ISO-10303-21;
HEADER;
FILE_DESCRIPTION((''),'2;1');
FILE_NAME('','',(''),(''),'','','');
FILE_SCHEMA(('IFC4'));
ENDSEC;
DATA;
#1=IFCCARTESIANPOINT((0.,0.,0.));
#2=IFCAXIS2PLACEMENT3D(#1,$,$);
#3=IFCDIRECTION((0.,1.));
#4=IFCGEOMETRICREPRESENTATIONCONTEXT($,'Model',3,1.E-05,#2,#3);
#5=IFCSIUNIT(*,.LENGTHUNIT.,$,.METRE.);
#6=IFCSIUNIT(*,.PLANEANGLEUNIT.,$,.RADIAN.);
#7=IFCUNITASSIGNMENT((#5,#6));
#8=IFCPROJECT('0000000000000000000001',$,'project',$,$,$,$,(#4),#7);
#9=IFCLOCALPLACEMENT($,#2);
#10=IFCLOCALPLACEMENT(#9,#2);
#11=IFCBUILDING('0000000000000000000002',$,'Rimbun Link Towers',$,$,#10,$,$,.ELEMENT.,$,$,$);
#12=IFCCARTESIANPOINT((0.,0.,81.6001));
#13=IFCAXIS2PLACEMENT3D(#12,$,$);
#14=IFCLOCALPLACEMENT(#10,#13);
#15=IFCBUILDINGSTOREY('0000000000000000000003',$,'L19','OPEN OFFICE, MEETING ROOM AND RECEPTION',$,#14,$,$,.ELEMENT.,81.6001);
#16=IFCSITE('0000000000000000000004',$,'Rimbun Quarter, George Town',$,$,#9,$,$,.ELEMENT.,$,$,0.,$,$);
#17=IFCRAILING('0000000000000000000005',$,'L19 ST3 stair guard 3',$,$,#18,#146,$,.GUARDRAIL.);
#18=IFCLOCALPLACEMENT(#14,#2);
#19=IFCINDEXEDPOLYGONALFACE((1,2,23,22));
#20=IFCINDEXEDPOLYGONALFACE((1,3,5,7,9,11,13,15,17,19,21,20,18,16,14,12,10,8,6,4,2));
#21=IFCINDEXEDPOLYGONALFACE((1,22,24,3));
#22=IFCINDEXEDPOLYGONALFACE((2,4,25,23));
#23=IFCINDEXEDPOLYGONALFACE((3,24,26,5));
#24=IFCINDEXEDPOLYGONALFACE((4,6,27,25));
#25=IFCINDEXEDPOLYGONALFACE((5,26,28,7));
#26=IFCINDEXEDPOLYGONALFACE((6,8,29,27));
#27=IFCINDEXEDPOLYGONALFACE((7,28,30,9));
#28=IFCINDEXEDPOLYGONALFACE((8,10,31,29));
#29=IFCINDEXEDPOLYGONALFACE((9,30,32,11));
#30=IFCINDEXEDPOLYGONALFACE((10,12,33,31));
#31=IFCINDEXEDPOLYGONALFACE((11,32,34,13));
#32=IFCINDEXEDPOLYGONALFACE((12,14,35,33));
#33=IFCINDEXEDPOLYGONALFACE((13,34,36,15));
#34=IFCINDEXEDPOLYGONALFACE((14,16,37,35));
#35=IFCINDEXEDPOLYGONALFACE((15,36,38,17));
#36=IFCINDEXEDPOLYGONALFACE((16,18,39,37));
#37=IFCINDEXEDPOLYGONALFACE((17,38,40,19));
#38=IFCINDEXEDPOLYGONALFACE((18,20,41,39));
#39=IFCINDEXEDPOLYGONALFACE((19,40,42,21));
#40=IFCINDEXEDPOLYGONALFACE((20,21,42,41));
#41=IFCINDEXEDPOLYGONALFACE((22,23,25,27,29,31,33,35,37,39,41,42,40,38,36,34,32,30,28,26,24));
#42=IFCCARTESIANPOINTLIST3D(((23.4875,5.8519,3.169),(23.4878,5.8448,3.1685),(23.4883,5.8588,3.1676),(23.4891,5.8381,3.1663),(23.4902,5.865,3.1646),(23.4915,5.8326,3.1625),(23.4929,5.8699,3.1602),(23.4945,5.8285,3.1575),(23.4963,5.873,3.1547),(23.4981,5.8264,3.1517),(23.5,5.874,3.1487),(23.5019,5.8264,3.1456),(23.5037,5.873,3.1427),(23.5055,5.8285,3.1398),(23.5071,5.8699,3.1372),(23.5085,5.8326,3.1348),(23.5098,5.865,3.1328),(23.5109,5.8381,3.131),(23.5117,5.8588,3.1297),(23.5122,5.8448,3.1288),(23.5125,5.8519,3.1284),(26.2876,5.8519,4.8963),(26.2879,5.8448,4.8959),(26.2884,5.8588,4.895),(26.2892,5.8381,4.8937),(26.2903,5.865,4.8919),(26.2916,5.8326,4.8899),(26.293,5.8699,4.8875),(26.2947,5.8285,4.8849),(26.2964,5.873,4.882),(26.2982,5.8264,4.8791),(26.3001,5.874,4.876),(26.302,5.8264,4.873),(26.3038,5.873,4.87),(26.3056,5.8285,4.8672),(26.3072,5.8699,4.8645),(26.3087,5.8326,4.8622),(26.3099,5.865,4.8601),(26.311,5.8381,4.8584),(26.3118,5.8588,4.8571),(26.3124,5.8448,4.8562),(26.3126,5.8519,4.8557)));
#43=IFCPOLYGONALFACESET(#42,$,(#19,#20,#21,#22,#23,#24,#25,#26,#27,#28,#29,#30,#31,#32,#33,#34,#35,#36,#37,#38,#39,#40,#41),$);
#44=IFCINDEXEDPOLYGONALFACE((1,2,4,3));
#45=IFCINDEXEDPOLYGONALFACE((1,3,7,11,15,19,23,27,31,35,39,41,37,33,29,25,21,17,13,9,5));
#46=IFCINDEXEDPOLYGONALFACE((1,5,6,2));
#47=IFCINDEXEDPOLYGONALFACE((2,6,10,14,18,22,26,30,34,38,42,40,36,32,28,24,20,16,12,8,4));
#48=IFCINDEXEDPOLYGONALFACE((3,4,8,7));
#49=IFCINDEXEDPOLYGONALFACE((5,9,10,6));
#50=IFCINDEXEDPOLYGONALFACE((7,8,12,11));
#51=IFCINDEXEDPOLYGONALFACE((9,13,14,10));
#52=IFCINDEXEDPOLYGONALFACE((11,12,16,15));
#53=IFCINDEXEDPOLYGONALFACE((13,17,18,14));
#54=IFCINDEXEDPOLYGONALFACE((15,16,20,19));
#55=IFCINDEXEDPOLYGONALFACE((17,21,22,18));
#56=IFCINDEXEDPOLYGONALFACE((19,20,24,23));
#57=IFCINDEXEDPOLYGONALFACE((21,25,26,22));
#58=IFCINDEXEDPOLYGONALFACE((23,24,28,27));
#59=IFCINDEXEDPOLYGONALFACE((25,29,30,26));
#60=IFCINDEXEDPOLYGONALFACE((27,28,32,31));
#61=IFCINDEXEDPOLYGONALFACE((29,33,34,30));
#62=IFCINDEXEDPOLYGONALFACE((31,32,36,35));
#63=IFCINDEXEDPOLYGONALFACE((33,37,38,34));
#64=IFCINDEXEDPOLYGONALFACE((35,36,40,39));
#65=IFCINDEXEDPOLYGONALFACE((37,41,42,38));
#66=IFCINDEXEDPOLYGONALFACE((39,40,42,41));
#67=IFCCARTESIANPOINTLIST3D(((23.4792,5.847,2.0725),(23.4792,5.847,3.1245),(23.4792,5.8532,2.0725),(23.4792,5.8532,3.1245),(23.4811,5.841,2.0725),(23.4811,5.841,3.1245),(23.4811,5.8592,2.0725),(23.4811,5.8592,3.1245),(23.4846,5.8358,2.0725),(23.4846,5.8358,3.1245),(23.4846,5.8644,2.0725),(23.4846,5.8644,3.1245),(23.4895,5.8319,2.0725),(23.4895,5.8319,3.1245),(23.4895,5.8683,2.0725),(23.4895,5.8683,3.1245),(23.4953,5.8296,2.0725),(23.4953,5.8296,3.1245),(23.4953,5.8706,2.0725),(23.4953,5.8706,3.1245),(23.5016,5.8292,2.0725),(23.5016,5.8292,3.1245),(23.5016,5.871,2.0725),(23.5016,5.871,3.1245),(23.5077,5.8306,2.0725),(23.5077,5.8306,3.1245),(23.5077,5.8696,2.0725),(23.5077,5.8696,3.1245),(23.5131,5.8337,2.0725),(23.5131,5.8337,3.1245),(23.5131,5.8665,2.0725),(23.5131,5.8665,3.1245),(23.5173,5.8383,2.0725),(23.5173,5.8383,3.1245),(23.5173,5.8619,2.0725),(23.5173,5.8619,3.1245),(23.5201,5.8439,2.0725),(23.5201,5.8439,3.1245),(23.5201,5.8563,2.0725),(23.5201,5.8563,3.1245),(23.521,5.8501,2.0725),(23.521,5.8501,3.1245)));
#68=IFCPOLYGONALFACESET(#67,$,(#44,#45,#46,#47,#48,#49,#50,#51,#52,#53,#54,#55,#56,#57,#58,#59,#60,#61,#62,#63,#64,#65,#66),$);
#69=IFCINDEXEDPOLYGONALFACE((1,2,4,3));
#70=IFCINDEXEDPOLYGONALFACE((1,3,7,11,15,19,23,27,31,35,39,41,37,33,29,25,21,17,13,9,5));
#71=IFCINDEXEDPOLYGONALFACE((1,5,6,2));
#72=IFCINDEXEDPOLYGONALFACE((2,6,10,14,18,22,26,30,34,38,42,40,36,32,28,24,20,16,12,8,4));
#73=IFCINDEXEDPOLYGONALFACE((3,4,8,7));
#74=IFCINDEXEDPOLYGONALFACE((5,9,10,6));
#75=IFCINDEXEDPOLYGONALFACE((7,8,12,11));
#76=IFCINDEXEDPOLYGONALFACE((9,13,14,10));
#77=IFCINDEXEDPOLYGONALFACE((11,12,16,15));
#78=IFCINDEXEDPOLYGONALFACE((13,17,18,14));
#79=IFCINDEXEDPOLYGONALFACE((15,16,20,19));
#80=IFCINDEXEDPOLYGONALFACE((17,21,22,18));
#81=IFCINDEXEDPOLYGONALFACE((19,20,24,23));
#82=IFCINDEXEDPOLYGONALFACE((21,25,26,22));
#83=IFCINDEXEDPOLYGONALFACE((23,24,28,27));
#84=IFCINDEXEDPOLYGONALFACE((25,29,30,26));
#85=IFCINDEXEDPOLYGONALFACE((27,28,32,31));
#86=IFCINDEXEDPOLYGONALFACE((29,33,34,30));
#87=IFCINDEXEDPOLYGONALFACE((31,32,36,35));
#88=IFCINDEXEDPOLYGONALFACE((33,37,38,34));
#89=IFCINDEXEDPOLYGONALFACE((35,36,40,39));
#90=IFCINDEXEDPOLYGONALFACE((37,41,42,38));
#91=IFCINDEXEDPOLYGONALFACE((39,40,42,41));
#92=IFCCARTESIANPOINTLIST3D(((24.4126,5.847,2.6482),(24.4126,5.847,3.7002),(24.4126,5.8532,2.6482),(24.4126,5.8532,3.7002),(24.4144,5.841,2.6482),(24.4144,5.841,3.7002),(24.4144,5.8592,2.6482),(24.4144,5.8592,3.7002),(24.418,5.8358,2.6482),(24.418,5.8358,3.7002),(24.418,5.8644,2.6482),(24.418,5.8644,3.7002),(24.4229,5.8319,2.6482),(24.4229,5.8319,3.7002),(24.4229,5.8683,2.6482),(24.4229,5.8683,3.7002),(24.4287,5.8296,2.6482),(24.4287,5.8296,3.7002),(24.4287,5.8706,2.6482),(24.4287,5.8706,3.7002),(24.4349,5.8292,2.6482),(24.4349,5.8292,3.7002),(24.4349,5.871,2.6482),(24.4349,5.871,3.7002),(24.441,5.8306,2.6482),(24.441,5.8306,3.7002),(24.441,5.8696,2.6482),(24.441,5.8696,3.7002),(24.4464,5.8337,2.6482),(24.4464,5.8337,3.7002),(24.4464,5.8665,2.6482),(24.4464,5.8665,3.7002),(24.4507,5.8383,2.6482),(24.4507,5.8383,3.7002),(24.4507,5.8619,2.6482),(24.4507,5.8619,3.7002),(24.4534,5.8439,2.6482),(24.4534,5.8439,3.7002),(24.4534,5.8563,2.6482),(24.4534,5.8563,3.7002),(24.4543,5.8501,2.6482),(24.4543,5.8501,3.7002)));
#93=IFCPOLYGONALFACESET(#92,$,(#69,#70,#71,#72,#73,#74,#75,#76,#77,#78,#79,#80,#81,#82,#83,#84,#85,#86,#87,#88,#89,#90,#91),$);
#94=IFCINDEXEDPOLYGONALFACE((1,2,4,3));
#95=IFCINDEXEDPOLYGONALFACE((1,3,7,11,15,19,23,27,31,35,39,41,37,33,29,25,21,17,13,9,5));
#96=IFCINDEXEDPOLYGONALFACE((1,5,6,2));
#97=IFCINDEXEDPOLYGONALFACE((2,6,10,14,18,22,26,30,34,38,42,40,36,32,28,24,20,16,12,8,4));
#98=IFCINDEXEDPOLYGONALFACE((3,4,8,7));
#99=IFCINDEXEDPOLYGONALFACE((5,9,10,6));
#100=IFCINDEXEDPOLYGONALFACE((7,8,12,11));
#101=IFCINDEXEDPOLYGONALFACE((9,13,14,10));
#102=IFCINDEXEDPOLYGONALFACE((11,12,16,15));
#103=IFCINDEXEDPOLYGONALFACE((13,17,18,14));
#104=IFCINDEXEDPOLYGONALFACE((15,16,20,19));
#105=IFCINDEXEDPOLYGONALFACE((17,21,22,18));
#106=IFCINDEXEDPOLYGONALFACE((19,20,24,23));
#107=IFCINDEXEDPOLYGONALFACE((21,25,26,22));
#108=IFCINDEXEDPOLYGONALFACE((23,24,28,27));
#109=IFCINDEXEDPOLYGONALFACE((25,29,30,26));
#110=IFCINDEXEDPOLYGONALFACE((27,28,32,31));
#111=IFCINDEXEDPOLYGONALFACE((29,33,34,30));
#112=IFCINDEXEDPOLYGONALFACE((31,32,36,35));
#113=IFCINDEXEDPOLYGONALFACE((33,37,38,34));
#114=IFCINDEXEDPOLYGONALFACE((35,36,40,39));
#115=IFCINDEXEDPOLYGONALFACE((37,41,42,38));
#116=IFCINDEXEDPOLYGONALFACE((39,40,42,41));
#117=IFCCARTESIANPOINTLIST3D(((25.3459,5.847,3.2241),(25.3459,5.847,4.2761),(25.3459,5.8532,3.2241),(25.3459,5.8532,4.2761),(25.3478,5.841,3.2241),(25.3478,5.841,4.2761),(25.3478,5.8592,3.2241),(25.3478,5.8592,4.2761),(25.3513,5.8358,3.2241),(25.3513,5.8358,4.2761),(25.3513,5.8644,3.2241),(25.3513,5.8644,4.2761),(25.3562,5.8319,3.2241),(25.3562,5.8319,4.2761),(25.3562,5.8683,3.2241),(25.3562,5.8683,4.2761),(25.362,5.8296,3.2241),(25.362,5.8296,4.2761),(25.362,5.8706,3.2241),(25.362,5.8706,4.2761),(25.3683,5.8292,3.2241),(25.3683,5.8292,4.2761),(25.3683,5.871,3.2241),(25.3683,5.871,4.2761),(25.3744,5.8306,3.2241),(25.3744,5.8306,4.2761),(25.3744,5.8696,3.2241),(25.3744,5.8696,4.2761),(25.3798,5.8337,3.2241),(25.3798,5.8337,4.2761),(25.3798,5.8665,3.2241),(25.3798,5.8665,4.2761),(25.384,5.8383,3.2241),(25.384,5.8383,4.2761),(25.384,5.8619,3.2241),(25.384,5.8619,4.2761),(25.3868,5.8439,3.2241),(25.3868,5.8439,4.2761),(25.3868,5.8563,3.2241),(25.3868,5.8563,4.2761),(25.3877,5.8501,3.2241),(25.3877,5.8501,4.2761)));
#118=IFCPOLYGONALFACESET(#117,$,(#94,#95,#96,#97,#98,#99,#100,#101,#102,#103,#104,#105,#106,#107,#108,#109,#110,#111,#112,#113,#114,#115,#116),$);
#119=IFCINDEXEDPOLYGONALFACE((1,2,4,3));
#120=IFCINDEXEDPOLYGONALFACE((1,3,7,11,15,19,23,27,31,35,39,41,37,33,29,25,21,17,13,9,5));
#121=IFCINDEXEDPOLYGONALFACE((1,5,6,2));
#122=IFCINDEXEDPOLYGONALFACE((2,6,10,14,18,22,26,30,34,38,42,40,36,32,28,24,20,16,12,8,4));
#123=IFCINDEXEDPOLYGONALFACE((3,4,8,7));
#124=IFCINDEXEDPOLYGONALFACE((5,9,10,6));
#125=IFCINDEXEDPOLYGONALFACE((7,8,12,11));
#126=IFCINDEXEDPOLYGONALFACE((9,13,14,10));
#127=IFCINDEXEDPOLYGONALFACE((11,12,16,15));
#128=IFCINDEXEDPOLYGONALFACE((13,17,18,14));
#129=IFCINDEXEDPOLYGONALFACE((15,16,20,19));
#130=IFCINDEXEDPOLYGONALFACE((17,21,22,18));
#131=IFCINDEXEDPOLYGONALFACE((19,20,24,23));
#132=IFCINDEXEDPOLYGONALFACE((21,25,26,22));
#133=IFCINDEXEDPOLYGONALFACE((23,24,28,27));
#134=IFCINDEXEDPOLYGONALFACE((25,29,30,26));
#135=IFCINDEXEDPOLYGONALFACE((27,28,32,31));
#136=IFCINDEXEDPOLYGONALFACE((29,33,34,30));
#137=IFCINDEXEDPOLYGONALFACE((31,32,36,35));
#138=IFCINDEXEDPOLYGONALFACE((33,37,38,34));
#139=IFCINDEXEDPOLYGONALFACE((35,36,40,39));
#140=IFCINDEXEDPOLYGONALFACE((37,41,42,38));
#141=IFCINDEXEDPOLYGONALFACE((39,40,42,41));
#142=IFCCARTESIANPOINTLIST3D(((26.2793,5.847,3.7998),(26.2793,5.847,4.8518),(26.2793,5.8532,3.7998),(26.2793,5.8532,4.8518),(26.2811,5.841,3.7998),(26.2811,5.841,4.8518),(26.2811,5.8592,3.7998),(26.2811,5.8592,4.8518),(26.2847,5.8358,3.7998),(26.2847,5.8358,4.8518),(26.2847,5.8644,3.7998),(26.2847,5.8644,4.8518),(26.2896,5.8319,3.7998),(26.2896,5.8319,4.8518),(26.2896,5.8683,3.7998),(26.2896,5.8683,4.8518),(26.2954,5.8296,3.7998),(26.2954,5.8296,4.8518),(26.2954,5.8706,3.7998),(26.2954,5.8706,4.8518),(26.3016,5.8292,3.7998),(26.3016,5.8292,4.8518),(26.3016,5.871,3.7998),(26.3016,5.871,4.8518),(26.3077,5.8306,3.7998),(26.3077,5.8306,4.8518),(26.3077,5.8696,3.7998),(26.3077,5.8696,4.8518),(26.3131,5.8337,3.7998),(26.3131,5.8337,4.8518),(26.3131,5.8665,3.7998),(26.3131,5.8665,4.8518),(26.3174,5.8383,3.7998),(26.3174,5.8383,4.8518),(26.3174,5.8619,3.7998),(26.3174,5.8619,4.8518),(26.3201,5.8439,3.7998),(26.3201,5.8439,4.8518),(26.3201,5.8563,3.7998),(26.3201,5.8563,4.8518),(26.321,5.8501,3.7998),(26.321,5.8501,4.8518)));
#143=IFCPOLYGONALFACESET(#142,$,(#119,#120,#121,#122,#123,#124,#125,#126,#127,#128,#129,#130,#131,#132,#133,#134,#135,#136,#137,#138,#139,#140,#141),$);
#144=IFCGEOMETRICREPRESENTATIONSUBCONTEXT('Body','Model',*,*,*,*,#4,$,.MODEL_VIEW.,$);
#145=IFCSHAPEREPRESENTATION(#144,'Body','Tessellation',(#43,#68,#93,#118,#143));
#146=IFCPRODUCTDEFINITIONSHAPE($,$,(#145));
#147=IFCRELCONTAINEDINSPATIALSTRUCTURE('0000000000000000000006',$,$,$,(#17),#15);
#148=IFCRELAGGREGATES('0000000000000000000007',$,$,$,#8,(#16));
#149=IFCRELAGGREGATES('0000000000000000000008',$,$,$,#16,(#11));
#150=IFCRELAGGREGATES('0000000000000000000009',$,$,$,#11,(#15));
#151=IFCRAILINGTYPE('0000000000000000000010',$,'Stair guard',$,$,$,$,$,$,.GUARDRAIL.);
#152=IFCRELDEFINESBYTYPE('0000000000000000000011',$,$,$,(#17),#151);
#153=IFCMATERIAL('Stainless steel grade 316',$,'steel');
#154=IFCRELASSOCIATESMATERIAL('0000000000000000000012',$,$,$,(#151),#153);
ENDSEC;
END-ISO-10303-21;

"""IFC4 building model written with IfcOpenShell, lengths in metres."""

from ifc_helpers import new_model, si_unit, direction, frame, origin, origin_2d, place, context, subcontext, project, spatial, circle, extrude, material, type_object, element, save


model = new_model("IFC4")

# Units and contexts
model_context = context("Model", 3, precision=1e-05, world=origin(), true_north=direction((0.0, 1.0)))
body_context = subcontext(model_context, "Body", "Model", "MODEL_VIEW")
ifc_project = project(units=[si_unit("LENGTHUNIT", "METRE"), si_unit("PLANEANGLEUNIT", "RADIAN")], contexts=[model_context])

# Site, building, storey
site_placement = place(None, origin())
site = spatial("IfcSite", under=ifc_project, at=site_placement, Name="Rimbun Quarter, George Town", CompositionType="ELEMENT", RefElevation=0.0)
building_placement = place(site_placement, origin())
building = spatial("IfcBuilding", under=site, at=building_placement, Name="Rimbun Link Towers", CompositionType="ELEMENT")
storey_placement = place(building_placement, frame((0.0, 0.0, 81.6001)))
storey = spatial("IfcBuildingStorey", under=building, at=storey_placement, Name="L19", Description="OPEN OFFICE, MEETING ROOM AND RECEPTION", CompositionType="ELEMENT", Elevation=81.6001)

# Railing
ifc_material_1 = material(Name="Stainless steel grade 316", Category="steel")
railing_type = type_object("IfcRailingType", Name="Stair guard", PredefinedType="GUARDRAIL", material=ifc_material_1)
railing_1_placement = place(storey_placement, frame((23.5, 5.8501, 2.0725)))
element("IfcRailing", 1, at=railing_1_placement, inside=storey, type_object=railing_type, Name="L19 ST3 stair guard 3", PredefinedType="GUARDRAIL", context=body_context, shape_type="SweptSolid", body=[
    extrude(circle(Radius=0.0239, at=origin_2d()), frame((0.0, 0.0, 1.0762), z_axis=(0.85109, 0.0, 0.52502), x_axis=(0.0, 1.0, 0.0)), (0.0, 0.0, 1.0), 3.29),
    extrude(circle(Radius=0.021, at=origin_2d()), origin(), (0.0, 0.0, 1.0), 1.052),
    extrude(circle(Radius=0.021, at=origin_2d()), frame((0.9333, 0.0, 0.5757)), (0.0, 0.0, 1.0), 1.052),
    extrude(circle(Radius=0.021, at=origin_2d()), frame((1.8667, 0.0, 1.1516)), (0.0, 0.0, 1.0), 1.052),
    extrude(circle(Radius=0.021, at=origin_2d()), frame((2.8, 0.0, 1.7273)), (0.0, 0.0, 1.0), 1.052),
])

save(model, "model.ifc")
